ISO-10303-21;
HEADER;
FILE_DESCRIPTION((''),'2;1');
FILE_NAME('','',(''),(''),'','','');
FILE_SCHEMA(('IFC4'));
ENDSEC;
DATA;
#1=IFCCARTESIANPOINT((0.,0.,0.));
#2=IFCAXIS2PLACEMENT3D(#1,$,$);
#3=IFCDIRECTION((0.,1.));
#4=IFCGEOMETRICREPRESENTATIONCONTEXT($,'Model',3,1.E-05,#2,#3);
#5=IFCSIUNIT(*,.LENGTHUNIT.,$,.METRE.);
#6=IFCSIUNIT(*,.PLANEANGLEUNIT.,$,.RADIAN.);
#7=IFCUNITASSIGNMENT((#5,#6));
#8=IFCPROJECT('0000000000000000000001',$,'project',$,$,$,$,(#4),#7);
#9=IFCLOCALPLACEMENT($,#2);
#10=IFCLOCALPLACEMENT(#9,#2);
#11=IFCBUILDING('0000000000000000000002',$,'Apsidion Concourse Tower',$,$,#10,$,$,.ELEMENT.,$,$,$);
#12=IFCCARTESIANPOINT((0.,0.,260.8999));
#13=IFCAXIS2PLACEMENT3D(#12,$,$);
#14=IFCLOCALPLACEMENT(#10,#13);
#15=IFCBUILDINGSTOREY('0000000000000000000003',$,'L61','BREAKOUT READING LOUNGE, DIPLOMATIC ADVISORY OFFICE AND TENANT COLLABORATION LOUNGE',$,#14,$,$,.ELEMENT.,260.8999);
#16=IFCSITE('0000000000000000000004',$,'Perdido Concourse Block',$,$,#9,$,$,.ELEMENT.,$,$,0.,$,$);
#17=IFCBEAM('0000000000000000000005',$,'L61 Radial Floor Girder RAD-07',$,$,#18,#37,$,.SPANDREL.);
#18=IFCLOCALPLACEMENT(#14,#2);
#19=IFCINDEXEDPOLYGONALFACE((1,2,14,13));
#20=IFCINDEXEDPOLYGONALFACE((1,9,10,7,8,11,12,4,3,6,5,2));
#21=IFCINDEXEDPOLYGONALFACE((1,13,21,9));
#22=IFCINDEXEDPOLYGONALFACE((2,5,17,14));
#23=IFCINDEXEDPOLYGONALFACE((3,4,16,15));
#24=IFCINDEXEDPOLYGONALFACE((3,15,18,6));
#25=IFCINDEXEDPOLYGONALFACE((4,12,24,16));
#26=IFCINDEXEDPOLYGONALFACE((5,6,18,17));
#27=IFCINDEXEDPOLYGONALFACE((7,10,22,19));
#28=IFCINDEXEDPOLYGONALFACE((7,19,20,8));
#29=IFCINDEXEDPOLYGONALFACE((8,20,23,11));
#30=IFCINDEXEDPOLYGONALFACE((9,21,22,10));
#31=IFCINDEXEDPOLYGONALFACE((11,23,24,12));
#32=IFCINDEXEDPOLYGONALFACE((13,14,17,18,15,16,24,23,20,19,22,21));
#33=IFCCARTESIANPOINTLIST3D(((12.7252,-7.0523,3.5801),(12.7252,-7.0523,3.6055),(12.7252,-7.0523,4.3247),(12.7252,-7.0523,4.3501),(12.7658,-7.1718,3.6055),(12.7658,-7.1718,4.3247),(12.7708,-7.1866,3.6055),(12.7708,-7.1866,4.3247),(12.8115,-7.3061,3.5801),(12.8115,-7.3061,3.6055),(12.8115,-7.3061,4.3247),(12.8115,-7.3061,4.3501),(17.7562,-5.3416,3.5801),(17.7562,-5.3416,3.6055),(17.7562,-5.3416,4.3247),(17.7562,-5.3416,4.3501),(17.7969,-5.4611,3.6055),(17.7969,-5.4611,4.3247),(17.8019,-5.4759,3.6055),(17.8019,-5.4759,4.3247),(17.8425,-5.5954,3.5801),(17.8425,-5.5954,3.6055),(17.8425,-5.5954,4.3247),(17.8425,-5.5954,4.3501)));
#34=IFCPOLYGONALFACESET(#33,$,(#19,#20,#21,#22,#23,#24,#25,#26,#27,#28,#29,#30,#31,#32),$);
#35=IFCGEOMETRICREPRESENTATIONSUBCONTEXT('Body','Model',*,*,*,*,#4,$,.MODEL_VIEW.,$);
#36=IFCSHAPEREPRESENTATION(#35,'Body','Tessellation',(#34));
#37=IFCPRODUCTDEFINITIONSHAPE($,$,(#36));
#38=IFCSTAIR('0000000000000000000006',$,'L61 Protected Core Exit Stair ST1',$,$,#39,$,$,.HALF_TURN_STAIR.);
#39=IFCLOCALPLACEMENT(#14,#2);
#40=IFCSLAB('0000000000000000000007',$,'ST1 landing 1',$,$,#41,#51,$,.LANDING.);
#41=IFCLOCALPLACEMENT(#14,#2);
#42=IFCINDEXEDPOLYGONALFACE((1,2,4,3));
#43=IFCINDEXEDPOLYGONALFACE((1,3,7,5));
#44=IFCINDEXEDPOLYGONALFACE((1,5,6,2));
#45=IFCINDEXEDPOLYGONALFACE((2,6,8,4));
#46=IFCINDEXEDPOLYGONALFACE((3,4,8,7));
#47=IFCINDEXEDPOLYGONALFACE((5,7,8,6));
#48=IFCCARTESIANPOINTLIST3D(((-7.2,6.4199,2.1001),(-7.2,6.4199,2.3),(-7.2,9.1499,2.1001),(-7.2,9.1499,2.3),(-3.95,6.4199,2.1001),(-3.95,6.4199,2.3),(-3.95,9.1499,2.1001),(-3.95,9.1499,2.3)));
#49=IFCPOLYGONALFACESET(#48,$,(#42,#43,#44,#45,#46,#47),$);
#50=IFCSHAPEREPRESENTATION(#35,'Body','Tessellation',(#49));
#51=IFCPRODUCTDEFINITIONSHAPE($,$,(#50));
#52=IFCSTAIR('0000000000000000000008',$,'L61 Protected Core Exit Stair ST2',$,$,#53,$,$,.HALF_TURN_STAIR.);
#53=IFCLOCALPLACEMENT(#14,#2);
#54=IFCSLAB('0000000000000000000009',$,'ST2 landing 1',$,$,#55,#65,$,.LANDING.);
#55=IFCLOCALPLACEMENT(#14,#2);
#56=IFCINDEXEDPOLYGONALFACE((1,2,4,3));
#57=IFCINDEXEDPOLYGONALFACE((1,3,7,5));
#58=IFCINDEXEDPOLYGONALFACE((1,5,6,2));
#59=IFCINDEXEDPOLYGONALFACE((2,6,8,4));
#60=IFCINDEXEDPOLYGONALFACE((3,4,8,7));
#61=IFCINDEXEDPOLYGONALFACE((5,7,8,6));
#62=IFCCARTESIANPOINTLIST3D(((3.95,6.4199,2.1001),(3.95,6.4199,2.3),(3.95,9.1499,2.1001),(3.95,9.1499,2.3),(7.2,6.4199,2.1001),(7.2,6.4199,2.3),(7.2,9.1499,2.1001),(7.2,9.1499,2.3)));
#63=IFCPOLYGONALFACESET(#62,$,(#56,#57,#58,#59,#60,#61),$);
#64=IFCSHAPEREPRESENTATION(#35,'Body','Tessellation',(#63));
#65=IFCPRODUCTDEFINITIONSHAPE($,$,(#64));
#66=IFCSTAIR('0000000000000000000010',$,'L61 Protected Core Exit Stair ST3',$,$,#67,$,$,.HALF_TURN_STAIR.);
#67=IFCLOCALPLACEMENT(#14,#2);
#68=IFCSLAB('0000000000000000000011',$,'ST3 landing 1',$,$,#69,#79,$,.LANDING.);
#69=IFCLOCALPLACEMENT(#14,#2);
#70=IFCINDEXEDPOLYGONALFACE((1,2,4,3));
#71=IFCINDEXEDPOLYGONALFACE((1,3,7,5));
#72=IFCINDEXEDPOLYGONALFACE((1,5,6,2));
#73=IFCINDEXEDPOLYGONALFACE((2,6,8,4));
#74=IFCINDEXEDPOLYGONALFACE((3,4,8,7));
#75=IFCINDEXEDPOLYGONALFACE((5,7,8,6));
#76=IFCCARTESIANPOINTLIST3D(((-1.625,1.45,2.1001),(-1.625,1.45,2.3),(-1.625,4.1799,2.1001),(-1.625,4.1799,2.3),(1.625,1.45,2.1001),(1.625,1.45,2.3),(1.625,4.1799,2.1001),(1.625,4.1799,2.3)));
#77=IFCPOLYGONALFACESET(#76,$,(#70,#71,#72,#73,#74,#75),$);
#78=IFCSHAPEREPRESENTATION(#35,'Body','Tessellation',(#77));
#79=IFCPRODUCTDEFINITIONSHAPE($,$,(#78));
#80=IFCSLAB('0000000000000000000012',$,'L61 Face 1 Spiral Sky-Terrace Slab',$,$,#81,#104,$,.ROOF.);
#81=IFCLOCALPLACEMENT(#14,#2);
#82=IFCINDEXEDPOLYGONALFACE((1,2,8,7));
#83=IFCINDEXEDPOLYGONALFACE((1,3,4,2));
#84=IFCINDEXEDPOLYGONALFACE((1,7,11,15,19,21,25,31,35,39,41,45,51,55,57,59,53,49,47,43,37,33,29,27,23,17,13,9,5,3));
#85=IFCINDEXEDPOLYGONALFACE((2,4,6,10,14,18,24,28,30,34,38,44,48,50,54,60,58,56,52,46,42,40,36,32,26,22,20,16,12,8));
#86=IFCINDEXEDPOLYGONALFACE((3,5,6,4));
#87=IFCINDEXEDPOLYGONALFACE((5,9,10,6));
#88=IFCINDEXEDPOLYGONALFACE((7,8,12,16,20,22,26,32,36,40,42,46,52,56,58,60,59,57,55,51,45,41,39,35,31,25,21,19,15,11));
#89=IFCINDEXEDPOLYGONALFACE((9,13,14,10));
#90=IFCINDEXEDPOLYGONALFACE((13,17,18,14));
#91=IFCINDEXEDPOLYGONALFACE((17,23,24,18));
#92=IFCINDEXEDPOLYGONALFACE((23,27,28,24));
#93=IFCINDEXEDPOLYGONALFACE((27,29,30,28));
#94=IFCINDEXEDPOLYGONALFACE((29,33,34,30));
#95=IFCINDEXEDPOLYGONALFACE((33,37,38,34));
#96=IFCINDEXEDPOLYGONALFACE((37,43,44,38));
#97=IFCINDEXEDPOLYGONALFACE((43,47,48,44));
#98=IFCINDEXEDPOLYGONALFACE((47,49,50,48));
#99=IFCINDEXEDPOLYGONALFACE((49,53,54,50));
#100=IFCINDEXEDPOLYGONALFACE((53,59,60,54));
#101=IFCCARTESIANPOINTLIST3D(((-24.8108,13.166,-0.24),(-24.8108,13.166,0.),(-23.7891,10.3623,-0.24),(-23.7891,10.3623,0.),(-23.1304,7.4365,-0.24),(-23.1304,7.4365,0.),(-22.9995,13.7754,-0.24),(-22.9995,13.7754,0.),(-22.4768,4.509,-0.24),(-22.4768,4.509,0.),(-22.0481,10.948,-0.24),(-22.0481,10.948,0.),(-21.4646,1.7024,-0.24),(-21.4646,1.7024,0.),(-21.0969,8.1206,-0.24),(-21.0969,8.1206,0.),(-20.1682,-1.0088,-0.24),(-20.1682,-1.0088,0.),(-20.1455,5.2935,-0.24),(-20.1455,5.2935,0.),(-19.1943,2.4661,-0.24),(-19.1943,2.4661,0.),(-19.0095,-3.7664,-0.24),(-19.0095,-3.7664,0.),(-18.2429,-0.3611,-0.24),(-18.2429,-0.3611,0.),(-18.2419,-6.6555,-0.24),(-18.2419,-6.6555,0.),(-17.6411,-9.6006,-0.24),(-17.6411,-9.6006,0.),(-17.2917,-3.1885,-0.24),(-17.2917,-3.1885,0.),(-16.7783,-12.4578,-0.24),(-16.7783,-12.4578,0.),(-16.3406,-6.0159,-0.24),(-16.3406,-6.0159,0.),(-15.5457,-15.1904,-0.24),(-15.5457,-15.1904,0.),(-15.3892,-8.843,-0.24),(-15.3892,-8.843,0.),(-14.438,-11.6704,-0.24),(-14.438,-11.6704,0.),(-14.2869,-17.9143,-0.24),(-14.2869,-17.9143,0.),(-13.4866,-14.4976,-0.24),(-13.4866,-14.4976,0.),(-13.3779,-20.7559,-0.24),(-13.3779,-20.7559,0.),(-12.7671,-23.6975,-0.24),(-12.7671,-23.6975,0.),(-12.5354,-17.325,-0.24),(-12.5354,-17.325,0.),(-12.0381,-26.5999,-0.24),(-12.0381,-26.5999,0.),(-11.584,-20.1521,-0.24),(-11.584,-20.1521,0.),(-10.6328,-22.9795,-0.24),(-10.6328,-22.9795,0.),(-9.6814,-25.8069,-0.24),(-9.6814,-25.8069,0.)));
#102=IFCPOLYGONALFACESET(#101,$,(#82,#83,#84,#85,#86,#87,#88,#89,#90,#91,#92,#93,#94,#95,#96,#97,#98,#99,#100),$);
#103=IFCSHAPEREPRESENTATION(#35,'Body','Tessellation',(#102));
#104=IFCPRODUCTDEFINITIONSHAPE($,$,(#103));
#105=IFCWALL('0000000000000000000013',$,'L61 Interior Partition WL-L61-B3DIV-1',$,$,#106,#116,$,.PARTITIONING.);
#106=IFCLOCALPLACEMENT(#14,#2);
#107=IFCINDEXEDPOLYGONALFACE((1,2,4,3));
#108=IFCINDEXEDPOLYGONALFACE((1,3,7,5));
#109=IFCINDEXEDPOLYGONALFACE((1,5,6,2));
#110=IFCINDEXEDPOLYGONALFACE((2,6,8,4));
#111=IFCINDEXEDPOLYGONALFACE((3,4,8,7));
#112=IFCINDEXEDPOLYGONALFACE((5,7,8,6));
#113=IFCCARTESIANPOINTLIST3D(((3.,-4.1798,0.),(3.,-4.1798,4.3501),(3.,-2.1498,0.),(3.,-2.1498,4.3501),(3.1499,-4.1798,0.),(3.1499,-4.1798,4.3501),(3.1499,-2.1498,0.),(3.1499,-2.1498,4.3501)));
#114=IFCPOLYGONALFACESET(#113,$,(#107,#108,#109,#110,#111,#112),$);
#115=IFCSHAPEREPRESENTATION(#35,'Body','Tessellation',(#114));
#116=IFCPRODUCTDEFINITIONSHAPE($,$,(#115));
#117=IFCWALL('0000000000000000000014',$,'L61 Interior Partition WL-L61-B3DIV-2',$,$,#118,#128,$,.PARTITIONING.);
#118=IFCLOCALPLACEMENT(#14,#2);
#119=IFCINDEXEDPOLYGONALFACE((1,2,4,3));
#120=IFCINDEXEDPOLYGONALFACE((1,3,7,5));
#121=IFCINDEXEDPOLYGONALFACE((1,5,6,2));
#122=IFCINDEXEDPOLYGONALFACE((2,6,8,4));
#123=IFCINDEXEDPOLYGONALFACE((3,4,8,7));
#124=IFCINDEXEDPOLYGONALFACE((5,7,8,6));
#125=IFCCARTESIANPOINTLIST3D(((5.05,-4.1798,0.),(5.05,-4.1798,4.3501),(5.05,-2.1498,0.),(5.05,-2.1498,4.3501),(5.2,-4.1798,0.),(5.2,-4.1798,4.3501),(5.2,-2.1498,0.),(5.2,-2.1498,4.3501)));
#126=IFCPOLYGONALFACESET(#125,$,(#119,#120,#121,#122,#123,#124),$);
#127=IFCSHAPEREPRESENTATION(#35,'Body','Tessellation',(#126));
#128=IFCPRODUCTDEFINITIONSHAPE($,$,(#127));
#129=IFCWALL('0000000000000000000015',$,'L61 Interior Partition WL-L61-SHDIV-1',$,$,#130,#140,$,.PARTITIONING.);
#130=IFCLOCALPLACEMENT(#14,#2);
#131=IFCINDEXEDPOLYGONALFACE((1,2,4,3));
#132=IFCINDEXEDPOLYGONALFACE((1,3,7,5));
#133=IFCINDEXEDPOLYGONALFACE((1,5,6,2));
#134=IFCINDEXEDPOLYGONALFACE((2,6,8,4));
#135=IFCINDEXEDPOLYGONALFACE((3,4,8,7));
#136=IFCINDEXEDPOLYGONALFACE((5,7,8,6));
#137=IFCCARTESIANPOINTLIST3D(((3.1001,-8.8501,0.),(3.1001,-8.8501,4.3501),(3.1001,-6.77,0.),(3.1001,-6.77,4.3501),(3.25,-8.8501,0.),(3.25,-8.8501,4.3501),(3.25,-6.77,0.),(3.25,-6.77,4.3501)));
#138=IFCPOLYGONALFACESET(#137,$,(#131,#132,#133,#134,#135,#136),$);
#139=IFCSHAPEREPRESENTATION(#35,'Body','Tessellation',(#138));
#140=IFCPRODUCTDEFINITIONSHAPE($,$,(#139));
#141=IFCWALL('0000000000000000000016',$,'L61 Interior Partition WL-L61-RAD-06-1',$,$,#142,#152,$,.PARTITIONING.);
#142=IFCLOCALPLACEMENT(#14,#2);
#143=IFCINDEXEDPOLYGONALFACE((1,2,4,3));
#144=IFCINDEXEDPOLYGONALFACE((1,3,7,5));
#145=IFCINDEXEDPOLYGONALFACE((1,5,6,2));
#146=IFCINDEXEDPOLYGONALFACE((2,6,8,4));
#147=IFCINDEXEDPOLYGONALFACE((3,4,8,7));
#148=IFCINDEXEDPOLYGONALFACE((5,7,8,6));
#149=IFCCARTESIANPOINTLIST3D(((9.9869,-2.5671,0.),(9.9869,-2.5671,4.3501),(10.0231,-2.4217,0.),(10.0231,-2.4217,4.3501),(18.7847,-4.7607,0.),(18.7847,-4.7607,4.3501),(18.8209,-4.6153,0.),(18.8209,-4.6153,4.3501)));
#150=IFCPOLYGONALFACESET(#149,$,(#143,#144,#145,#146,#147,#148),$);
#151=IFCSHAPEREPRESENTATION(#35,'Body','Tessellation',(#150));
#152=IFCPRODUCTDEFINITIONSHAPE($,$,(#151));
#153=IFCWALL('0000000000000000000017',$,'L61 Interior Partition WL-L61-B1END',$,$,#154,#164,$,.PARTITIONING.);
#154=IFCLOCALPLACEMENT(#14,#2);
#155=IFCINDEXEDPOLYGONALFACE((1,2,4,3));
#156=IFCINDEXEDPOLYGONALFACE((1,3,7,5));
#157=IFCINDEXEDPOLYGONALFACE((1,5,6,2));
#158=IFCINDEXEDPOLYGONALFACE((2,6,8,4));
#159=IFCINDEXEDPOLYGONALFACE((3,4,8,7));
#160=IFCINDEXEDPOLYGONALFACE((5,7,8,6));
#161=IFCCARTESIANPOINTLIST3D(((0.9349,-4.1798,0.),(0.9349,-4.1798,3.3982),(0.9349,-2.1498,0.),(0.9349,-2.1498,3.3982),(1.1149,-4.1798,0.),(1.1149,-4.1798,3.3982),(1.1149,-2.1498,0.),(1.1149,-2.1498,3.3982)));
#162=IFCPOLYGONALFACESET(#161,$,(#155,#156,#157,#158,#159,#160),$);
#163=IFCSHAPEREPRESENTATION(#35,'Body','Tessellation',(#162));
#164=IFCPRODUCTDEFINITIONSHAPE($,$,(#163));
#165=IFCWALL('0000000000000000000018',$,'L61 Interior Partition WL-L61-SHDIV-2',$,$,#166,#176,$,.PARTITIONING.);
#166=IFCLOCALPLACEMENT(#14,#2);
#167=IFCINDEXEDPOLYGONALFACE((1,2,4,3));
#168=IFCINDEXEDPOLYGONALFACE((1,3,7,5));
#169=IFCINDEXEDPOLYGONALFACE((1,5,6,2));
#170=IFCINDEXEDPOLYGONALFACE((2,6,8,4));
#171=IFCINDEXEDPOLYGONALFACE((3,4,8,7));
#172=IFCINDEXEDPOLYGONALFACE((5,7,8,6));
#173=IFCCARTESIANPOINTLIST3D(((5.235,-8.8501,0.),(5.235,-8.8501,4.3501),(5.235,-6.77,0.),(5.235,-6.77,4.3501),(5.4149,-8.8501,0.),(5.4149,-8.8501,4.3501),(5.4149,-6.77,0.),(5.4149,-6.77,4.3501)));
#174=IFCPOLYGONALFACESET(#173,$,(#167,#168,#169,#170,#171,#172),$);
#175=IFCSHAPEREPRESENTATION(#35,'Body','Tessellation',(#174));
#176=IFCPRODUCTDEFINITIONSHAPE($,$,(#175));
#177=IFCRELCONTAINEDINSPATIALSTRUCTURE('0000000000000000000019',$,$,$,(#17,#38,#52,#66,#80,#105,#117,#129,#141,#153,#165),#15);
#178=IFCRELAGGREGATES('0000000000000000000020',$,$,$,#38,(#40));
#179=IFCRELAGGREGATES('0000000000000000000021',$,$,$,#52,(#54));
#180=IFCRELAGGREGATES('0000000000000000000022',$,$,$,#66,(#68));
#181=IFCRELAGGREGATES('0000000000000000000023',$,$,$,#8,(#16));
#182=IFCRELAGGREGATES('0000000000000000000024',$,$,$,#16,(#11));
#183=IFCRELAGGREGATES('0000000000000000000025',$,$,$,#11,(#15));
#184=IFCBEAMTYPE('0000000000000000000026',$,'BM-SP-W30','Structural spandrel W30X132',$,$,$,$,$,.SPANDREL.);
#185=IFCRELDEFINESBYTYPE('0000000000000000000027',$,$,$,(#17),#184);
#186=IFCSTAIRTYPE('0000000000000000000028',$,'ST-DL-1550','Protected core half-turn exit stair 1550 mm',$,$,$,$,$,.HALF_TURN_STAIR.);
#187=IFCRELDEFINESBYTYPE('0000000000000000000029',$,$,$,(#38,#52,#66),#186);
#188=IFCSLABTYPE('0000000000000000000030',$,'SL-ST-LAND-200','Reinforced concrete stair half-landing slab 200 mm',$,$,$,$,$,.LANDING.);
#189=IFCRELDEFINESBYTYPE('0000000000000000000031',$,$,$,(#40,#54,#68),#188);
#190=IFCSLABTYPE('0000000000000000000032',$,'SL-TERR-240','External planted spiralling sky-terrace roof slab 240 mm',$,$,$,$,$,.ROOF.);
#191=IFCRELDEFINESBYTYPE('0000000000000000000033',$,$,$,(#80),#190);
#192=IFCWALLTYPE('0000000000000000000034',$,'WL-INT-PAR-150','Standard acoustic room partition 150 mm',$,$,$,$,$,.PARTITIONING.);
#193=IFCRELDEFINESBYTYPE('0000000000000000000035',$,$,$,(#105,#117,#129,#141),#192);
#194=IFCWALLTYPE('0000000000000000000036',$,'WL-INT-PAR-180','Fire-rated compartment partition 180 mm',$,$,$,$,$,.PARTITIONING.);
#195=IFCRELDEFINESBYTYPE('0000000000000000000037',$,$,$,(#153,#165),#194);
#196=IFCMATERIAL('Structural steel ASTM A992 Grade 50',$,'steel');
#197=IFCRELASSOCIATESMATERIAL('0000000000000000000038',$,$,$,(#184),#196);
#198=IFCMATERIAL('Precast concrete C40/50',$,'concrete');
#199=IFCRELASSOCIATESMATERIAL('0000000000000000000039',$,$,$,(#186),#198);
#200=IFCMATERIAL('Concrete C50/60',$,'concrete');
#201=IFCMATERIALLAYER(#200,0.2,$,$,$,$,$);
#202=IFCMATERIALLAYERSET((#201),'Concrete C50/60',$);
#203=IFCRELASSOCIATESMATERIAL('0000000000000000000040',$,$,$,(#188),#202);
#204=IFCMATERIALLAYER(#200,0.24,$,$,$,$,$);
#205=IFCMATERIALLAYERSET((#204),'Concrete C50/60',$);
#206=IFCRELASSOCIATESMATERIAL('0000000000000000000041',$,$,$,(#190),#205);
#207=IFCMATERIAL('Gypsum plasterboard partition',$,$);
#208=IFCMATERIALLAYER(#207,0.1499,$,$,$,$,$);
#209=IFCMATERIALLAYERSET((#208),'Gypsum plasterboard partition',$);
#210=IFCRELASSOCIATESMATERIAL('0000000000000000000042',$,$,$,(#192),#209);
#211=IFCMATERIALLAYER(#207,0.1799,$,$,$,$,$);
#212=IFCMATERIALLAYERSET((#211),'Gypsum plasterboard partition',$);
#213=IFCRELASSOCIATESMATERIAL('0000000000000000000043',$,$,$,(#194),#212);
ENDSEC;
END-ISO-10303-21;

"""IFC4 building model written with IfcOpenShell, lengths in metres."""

from ifc_helpers import new_model, si_unit, direction, frame, frame_2d, origin, origin_2d, place, context, subcontext, project, spatial, polyline, rectangle, i_section, outline, extrude, material, layer, layer_set, material_profile, profile_set, type_object, element, aggregate, save


model = new_model("IFC4")

# Units and contexts
model_context = context("Model", 3, precision=1e-05, world=origin(), true_north=direction((0.0, 1.0)))
body_context = subcontext(model_context, "Body", "Model", "MODEL_VIEW")
ifc_project = project(units=[si_unit("LENGTHUNIT", "METRE"), si_unit("PLANEANGLEUNIT", "RADIAN")], contexts=[model_context])

# Site, building, storey
site_placement = place(None, origin())
site = spatial("IfcSite", under=ifc_project, at=site_placement, Name="Perdido Concourse Block", CompositionType="ELEMENT", RefElevation=0.0)
building_placement = place(site_placement, origin())
building = spatial("IfcBuilding", under=site, at=building_placement, Name="Apsidion Concourse Tower", CompositionType="ELEMENT")
storey_placement = place(building_placement, frame((0.0, 0.0, 260.8999)))
storey = spatial("IfcBuildingStorey", under=building, at=storey_placement, Name="L61", Description="BREAKOUT READING LOUNGE, DIPLOMATIC ADVISORY OFFICE AND TENANT COLLABORATION LOUNGE", CompositionType="ELEMENT", Elevation=260.8999)

# Shared definitions
ifc_material_1 = material(Name="Concrete C50/60", Category="concrete")
ifc_material_2 = material(Name="Structural steel ASTM A992 Grade 50", Category="steel")

# Beam
ifc_material_profile_1 = material_profile(ifc_material_2, i_section(OverallWidth=0.2681, OverallDepth=0.77, WebThickness=0.0156, FlangeThickness=0.0254, at=origin_2d()), Name="W30X132")
ifc_profile_set_1 = profile_set([ifc_material_profile_1], Name="Structural steel ASTM A992 Grade 50")
beam_type_1 = type_object("IfcBeamType", Name="BM-SP-W30", Description="Structural spandrel W30X132", PredefinedType="SPANDREL", material=ifc_profile_set_1)
beam_1_placement = place(storey_placement, frame((12.7683, -7.1792, 3.9651), z_axis=(0.946764, 0.321928, 0.0), x_axis=(-0.321928, 0.946764, 0.0)))
element("IfcBeam", 1, at=beam_1_placement, inside=storey, type_object=beam_type_1, Name="L61 Radial Floor Girder RAD-07", PredefinedType="SPANDREL", context=body_context, shape_type="SweptSolid", body=[
    extrude(i_section(OverallWidth=0.2681, OverallDepth=0.77, WebThickness=0.0156, FlangeThickness=0.0254, at=origin_2d()), origin(), (0.0, 0.0, 1.0), 5.314),
])

# Stairs, slabs
ifc_material_3 = material(Name="Precast concrete C40/50", Category="concrete")
stair_type = type_object("IfcStairType", Name="ST-DL-1550", Description="Protected core half-turn exit stair 1550 mm", PredefinedType="HALF_TURN_STAIR", material=ifc_material_3)
stair_1_placement = place(storey_placement, origin())
stair_1 = element("IfcStair", 2, at=stair_1_placement, inside=storey, type_object=stair_type, Name="L61 Protected Core Exit Stair ST1", PredefinedType="HALF_TURN_STAIR")
ifc_layer_1 = layer(ifc_material_1, 0.2)
ifc_layer_set_1 = layer_set([ifc_layer_1], Name="Concrete C50/60")
slab_type_1 = type_object("IfcSlabType", Name="SL-ST-LAND-200", Description="Reinforced concrete stair half-landing slab 200 mm", PredefinedType="LANDING", material=ifc_layer_set_1)
slab_1_placement = place(storey_placement, frame((0.0, 0.0, 2.1001)))
slab_1 = element("IfcSlab", 3, at=slab_1_placement, type_object=slab_type_1, Name="ST1 landing 1", PredefinedType="LANDING", context=body_context, shape_type="SweptSolid", body=[
    extrude(outline(polyline([(-3.95, 6.4199), (-3.95, 9.1499), (-7.2, 9.1499), (-7.2, 6.4199), (-3.95, 6.4199)])), origin(), (0.0, 0.0, 1.0), 0.2),
])
aggregate(stair_1, [slab_1])
stair_2_placement = place(storey_placement, origin())
stair_2 = element("IfcStair", 4, at=stair_2_placement, inside=storey, type_object=stair_type, Name="L61 Protected Core Exit Stair ST2", PredefinedType="HALF_TURN_STAIR")
slab_2_placement = place(storey_placement, frame((0.0, 0.0, 2.1001)))
slab_2 = element("IfcSlab", 5, at=slab_2_placement, type_object=slab_type_1, Name="ST2 landing 1", PredefinedType="LANDING", context=body_context, shape_type="SweptSolid", body=[
    extrude(outline(polyline([(7.2, 6.4199), (7.2, 9.1499), (3.95, 9.1499), (3.95, 6.4199), (7.2, 6.4199)])), origin(), (0.0, 0.0, 1.0), 0.2),
])
aggregate(stair_2, [slab_2])
stair_3_placement = place(storey_placement, origin())
stair_3 = element("IfcStair", 6, at=stair_3_placement, inside=storey, type_object=stair_type, Name="L61 Protected Core Exit Stair ST3", PredefinedType="HALF_TURN_STAIR")
slab_3_placement = place(storey_placement, frame((0.0, 0.0, 2.1001)))
slab_3 = element("IfcSlab", 7, at=slab_3_placement, type_object=slab_type_1, Name="ST3 landing 1", PredefinedType="LANDING", context=body_context, shape_type="SweptSolid", body=[
    extrude(outline(polyline([(-1.625, 4.1799), (-1.625, 1.45), (1.625, 1.45), (1.625, 4.1799), (-1.625, 4.1799)])), origin(), (0.0, 0.0, 1.0), 0.2),
])
aggregate(stair_3, [slab_3])

# Slab
ifc_layer_2 = layer(ifc_material_1, 0.24)
ifc_layer_set_2 = layer_set([ifc_layer_2], Name="Concrete C50/60")
slab_type_2 = type_object("IfcSlabType", Name="SL-TERR-240", Description="External planted spiralling sky-terrace roof slab 240 mm", PredefinedType="ROOF", material=ifc_layer_set_2)
slab_4_placement = place(storey_placement, frame((0.0, 0.0, -0.24)))
element("IfcSlab", 8, at=slab_4_placement, inside=storey, type_object=slab_type_2, Name="L61 Face 1 Spiral Sky-Terrace Slab", PredefinedType="ROOF", context=body_context, shape_type="SweptSolid", body=[
    extrude(outline(polyline([(-22.9995, 13.7754), (-22.0481, 10.948), (-21.0969, 8.1206), (-20.1455, 5.2935), (-19.1943, 2.4661), (-18.2429, -0.3611), (-17.2917, -3.1885), (-16.3406, -6.0159), (-15.3892, -8.843), (-14.438, -11.6704), (-13.4866, -14.4976), (-12.5354, -17.325), (-11.584, -20.1521), (-10.6328, -22.9795), (-9.6814, -25.8069), (-12.0381, -26.5999), (-12.7671, -23.6975), (-13.3779, -20.7559), (-14.2869, -17.9143), (-15.5457, -15.1904), (-16.7783, -12.4578), (-17.6411, -9.6006), (-18.2419, -6.6555), (-19.0095, -3.7664), (-20.1682, -1.0088), (-21.4646, 1.7024), (-22.4768, 4.509), (-23.1304, 7.4365), (-23.7891, 10.3623), (-24.8108, 13.166), (-22.9995, 13.7754)])), origin(), (0.0, 0.0, 1.0), 0.24),
])

# Walls
ifc_material_4 = material(Name="Gypsum plasterboard partition")
ifc_layer_3 = layer(ifc_material_4, 0.1499)
ifc_layer_set_3 = layer_set([ifc_layer_3], Name="Gypsum plasterboard partition")
wall_type_1 = type_object("IfcWallType", Name="WL-INT-PAR-150", Description="Standard acoustic room partition 150 mm", PredefinedType="PARTITIONING", material=ifc_layer_set_3)
for number, where, z_axis, x_axis, name in (
    (9, (3.075, -4.1799, 0.0), (0.0, 0.0, 1.0), (0.0, 1.0, 0.0), "L61 Interior Partition WL-L61-B3DIV-1"),
    (10, (5.125, -4.1799, 0.0), (0.0, 0.0, 1.0), (0.0, 1.0, 0.0), "L61 Interior Partition WL-L61-B3DIV-2"),
):
    element("IfcWall", number, at=place(storey_placement, frame(where, z_axis=z_axis, x_axis=x_axis)), inside=storey, type_object=wall_type_1, Name=name, PredefinedType="PARTITIONING", context=body_context, shape_type="SweptSolid", body=[
        extrude(rectangle(XDim=2.03, YDim=0.1499, at=frame_2d((1.0151, 0.0))), origin(), (0.0, 0.0, 1.0), 4.3501),
    ])
wall_1_placement = place(storey_placement, frame((3.175, -8.8501, 0.0), z_axis=(0.0, 0.0, 1.0), x_axis=(0.0, 1.0, 0.0)))
element("IfcWall", 11, at=wall_1_placement, inside=storey, type_object=wall_type_1, Name="L61 Interior Partition WL-L61-SHDIV-1", PredefinedType="PARTITIONING", context=body_context, shape_type="SweptSolid", body=[
    extrude(rectangle(XDim=2.0801, YDim=0.1499, at=frame_2d((1.04, 0.0))), origin(), (0.0, 0.0, 1.0), 4.3501),
])
wall_2_placement = place(storey_placement, frame((10.0049, -2.4944, 0.0), z_axis=(0.0, 0.0, 1.0), x_axis=(0.970294, -0.241927, 0.0)))
element("IfcWall", 12, at=wall_2_placement, inside=storey, type_object=wall_type_1, Name="L61 Interior Partition WL-L61-RAD-06-1", PredefinedType="PARTITIONING", context=body_context, shape_type="SweptSolid", body=[
    extrude(rectangle(XDim=9.0671, YDim=0.1499, at=frame_2d((4.5337, 0.0))), origin(), (0.0, 0.0, 1.0), 4.3501),
])
ifc_layer_4 = layer(ifc_material_4, 0.1799)
ifc_layer_set_4 = layer_set([ifc_layer_4], Name="Gypsum plasterboard partition")
wall_type_2 = type_object("IfcWallType", Name="WL-INT-PAR-180", Description="Fire-rated compartment partition 180 mm", PredefinedType="PARTITIONING", material=ifc_layer_set_4)
wall_3_placement = place(storey_placement, frame((1.0249, -4.1799, 0.0), z_axis=(0.0, 0.0, 1.0), x_axis=(0.0, 1.0, 0.0)))
element("IfcWall", 13, at=wall_3_placement, inside=storey, type_object=wall_type_2, Name="L61 Interior Partition WL-L61-B1END", PredefinedType="PARTITIONING", context=body_context, shape_type="SweptSolid", body=[
    extrude(rectangle(XDim=2.03, YDim=0.1799, at=frame_2d((1.0151, 0.0))), origin(), (0.0, 0.0, 1.0), 3.3982),
])
wall_4_placement = place(storey_placement, frame((5.325, -8.8501, 0.0), z_axis=(0.0, 0.0, 1.0), x_axis=(0.0, 1.0, 0.0)))
element("IfcWall", 14, at=wall_4_placement, inside=storey, type_object=wall_type_2, Name="L61 Interior Partition WL-L61-SHDIV-2", PredefinedType="PARTITIONING", context=body_context, shape_type="SweptSolid", body=[
    extrude(rectangle(XDim=2.0801, YDim=0.1799, at=frame_2d((1.04, 0.0))), origin(), (0.0, 0.0, 1.0), 4.3501),
])

save(model, "model.ifc")
